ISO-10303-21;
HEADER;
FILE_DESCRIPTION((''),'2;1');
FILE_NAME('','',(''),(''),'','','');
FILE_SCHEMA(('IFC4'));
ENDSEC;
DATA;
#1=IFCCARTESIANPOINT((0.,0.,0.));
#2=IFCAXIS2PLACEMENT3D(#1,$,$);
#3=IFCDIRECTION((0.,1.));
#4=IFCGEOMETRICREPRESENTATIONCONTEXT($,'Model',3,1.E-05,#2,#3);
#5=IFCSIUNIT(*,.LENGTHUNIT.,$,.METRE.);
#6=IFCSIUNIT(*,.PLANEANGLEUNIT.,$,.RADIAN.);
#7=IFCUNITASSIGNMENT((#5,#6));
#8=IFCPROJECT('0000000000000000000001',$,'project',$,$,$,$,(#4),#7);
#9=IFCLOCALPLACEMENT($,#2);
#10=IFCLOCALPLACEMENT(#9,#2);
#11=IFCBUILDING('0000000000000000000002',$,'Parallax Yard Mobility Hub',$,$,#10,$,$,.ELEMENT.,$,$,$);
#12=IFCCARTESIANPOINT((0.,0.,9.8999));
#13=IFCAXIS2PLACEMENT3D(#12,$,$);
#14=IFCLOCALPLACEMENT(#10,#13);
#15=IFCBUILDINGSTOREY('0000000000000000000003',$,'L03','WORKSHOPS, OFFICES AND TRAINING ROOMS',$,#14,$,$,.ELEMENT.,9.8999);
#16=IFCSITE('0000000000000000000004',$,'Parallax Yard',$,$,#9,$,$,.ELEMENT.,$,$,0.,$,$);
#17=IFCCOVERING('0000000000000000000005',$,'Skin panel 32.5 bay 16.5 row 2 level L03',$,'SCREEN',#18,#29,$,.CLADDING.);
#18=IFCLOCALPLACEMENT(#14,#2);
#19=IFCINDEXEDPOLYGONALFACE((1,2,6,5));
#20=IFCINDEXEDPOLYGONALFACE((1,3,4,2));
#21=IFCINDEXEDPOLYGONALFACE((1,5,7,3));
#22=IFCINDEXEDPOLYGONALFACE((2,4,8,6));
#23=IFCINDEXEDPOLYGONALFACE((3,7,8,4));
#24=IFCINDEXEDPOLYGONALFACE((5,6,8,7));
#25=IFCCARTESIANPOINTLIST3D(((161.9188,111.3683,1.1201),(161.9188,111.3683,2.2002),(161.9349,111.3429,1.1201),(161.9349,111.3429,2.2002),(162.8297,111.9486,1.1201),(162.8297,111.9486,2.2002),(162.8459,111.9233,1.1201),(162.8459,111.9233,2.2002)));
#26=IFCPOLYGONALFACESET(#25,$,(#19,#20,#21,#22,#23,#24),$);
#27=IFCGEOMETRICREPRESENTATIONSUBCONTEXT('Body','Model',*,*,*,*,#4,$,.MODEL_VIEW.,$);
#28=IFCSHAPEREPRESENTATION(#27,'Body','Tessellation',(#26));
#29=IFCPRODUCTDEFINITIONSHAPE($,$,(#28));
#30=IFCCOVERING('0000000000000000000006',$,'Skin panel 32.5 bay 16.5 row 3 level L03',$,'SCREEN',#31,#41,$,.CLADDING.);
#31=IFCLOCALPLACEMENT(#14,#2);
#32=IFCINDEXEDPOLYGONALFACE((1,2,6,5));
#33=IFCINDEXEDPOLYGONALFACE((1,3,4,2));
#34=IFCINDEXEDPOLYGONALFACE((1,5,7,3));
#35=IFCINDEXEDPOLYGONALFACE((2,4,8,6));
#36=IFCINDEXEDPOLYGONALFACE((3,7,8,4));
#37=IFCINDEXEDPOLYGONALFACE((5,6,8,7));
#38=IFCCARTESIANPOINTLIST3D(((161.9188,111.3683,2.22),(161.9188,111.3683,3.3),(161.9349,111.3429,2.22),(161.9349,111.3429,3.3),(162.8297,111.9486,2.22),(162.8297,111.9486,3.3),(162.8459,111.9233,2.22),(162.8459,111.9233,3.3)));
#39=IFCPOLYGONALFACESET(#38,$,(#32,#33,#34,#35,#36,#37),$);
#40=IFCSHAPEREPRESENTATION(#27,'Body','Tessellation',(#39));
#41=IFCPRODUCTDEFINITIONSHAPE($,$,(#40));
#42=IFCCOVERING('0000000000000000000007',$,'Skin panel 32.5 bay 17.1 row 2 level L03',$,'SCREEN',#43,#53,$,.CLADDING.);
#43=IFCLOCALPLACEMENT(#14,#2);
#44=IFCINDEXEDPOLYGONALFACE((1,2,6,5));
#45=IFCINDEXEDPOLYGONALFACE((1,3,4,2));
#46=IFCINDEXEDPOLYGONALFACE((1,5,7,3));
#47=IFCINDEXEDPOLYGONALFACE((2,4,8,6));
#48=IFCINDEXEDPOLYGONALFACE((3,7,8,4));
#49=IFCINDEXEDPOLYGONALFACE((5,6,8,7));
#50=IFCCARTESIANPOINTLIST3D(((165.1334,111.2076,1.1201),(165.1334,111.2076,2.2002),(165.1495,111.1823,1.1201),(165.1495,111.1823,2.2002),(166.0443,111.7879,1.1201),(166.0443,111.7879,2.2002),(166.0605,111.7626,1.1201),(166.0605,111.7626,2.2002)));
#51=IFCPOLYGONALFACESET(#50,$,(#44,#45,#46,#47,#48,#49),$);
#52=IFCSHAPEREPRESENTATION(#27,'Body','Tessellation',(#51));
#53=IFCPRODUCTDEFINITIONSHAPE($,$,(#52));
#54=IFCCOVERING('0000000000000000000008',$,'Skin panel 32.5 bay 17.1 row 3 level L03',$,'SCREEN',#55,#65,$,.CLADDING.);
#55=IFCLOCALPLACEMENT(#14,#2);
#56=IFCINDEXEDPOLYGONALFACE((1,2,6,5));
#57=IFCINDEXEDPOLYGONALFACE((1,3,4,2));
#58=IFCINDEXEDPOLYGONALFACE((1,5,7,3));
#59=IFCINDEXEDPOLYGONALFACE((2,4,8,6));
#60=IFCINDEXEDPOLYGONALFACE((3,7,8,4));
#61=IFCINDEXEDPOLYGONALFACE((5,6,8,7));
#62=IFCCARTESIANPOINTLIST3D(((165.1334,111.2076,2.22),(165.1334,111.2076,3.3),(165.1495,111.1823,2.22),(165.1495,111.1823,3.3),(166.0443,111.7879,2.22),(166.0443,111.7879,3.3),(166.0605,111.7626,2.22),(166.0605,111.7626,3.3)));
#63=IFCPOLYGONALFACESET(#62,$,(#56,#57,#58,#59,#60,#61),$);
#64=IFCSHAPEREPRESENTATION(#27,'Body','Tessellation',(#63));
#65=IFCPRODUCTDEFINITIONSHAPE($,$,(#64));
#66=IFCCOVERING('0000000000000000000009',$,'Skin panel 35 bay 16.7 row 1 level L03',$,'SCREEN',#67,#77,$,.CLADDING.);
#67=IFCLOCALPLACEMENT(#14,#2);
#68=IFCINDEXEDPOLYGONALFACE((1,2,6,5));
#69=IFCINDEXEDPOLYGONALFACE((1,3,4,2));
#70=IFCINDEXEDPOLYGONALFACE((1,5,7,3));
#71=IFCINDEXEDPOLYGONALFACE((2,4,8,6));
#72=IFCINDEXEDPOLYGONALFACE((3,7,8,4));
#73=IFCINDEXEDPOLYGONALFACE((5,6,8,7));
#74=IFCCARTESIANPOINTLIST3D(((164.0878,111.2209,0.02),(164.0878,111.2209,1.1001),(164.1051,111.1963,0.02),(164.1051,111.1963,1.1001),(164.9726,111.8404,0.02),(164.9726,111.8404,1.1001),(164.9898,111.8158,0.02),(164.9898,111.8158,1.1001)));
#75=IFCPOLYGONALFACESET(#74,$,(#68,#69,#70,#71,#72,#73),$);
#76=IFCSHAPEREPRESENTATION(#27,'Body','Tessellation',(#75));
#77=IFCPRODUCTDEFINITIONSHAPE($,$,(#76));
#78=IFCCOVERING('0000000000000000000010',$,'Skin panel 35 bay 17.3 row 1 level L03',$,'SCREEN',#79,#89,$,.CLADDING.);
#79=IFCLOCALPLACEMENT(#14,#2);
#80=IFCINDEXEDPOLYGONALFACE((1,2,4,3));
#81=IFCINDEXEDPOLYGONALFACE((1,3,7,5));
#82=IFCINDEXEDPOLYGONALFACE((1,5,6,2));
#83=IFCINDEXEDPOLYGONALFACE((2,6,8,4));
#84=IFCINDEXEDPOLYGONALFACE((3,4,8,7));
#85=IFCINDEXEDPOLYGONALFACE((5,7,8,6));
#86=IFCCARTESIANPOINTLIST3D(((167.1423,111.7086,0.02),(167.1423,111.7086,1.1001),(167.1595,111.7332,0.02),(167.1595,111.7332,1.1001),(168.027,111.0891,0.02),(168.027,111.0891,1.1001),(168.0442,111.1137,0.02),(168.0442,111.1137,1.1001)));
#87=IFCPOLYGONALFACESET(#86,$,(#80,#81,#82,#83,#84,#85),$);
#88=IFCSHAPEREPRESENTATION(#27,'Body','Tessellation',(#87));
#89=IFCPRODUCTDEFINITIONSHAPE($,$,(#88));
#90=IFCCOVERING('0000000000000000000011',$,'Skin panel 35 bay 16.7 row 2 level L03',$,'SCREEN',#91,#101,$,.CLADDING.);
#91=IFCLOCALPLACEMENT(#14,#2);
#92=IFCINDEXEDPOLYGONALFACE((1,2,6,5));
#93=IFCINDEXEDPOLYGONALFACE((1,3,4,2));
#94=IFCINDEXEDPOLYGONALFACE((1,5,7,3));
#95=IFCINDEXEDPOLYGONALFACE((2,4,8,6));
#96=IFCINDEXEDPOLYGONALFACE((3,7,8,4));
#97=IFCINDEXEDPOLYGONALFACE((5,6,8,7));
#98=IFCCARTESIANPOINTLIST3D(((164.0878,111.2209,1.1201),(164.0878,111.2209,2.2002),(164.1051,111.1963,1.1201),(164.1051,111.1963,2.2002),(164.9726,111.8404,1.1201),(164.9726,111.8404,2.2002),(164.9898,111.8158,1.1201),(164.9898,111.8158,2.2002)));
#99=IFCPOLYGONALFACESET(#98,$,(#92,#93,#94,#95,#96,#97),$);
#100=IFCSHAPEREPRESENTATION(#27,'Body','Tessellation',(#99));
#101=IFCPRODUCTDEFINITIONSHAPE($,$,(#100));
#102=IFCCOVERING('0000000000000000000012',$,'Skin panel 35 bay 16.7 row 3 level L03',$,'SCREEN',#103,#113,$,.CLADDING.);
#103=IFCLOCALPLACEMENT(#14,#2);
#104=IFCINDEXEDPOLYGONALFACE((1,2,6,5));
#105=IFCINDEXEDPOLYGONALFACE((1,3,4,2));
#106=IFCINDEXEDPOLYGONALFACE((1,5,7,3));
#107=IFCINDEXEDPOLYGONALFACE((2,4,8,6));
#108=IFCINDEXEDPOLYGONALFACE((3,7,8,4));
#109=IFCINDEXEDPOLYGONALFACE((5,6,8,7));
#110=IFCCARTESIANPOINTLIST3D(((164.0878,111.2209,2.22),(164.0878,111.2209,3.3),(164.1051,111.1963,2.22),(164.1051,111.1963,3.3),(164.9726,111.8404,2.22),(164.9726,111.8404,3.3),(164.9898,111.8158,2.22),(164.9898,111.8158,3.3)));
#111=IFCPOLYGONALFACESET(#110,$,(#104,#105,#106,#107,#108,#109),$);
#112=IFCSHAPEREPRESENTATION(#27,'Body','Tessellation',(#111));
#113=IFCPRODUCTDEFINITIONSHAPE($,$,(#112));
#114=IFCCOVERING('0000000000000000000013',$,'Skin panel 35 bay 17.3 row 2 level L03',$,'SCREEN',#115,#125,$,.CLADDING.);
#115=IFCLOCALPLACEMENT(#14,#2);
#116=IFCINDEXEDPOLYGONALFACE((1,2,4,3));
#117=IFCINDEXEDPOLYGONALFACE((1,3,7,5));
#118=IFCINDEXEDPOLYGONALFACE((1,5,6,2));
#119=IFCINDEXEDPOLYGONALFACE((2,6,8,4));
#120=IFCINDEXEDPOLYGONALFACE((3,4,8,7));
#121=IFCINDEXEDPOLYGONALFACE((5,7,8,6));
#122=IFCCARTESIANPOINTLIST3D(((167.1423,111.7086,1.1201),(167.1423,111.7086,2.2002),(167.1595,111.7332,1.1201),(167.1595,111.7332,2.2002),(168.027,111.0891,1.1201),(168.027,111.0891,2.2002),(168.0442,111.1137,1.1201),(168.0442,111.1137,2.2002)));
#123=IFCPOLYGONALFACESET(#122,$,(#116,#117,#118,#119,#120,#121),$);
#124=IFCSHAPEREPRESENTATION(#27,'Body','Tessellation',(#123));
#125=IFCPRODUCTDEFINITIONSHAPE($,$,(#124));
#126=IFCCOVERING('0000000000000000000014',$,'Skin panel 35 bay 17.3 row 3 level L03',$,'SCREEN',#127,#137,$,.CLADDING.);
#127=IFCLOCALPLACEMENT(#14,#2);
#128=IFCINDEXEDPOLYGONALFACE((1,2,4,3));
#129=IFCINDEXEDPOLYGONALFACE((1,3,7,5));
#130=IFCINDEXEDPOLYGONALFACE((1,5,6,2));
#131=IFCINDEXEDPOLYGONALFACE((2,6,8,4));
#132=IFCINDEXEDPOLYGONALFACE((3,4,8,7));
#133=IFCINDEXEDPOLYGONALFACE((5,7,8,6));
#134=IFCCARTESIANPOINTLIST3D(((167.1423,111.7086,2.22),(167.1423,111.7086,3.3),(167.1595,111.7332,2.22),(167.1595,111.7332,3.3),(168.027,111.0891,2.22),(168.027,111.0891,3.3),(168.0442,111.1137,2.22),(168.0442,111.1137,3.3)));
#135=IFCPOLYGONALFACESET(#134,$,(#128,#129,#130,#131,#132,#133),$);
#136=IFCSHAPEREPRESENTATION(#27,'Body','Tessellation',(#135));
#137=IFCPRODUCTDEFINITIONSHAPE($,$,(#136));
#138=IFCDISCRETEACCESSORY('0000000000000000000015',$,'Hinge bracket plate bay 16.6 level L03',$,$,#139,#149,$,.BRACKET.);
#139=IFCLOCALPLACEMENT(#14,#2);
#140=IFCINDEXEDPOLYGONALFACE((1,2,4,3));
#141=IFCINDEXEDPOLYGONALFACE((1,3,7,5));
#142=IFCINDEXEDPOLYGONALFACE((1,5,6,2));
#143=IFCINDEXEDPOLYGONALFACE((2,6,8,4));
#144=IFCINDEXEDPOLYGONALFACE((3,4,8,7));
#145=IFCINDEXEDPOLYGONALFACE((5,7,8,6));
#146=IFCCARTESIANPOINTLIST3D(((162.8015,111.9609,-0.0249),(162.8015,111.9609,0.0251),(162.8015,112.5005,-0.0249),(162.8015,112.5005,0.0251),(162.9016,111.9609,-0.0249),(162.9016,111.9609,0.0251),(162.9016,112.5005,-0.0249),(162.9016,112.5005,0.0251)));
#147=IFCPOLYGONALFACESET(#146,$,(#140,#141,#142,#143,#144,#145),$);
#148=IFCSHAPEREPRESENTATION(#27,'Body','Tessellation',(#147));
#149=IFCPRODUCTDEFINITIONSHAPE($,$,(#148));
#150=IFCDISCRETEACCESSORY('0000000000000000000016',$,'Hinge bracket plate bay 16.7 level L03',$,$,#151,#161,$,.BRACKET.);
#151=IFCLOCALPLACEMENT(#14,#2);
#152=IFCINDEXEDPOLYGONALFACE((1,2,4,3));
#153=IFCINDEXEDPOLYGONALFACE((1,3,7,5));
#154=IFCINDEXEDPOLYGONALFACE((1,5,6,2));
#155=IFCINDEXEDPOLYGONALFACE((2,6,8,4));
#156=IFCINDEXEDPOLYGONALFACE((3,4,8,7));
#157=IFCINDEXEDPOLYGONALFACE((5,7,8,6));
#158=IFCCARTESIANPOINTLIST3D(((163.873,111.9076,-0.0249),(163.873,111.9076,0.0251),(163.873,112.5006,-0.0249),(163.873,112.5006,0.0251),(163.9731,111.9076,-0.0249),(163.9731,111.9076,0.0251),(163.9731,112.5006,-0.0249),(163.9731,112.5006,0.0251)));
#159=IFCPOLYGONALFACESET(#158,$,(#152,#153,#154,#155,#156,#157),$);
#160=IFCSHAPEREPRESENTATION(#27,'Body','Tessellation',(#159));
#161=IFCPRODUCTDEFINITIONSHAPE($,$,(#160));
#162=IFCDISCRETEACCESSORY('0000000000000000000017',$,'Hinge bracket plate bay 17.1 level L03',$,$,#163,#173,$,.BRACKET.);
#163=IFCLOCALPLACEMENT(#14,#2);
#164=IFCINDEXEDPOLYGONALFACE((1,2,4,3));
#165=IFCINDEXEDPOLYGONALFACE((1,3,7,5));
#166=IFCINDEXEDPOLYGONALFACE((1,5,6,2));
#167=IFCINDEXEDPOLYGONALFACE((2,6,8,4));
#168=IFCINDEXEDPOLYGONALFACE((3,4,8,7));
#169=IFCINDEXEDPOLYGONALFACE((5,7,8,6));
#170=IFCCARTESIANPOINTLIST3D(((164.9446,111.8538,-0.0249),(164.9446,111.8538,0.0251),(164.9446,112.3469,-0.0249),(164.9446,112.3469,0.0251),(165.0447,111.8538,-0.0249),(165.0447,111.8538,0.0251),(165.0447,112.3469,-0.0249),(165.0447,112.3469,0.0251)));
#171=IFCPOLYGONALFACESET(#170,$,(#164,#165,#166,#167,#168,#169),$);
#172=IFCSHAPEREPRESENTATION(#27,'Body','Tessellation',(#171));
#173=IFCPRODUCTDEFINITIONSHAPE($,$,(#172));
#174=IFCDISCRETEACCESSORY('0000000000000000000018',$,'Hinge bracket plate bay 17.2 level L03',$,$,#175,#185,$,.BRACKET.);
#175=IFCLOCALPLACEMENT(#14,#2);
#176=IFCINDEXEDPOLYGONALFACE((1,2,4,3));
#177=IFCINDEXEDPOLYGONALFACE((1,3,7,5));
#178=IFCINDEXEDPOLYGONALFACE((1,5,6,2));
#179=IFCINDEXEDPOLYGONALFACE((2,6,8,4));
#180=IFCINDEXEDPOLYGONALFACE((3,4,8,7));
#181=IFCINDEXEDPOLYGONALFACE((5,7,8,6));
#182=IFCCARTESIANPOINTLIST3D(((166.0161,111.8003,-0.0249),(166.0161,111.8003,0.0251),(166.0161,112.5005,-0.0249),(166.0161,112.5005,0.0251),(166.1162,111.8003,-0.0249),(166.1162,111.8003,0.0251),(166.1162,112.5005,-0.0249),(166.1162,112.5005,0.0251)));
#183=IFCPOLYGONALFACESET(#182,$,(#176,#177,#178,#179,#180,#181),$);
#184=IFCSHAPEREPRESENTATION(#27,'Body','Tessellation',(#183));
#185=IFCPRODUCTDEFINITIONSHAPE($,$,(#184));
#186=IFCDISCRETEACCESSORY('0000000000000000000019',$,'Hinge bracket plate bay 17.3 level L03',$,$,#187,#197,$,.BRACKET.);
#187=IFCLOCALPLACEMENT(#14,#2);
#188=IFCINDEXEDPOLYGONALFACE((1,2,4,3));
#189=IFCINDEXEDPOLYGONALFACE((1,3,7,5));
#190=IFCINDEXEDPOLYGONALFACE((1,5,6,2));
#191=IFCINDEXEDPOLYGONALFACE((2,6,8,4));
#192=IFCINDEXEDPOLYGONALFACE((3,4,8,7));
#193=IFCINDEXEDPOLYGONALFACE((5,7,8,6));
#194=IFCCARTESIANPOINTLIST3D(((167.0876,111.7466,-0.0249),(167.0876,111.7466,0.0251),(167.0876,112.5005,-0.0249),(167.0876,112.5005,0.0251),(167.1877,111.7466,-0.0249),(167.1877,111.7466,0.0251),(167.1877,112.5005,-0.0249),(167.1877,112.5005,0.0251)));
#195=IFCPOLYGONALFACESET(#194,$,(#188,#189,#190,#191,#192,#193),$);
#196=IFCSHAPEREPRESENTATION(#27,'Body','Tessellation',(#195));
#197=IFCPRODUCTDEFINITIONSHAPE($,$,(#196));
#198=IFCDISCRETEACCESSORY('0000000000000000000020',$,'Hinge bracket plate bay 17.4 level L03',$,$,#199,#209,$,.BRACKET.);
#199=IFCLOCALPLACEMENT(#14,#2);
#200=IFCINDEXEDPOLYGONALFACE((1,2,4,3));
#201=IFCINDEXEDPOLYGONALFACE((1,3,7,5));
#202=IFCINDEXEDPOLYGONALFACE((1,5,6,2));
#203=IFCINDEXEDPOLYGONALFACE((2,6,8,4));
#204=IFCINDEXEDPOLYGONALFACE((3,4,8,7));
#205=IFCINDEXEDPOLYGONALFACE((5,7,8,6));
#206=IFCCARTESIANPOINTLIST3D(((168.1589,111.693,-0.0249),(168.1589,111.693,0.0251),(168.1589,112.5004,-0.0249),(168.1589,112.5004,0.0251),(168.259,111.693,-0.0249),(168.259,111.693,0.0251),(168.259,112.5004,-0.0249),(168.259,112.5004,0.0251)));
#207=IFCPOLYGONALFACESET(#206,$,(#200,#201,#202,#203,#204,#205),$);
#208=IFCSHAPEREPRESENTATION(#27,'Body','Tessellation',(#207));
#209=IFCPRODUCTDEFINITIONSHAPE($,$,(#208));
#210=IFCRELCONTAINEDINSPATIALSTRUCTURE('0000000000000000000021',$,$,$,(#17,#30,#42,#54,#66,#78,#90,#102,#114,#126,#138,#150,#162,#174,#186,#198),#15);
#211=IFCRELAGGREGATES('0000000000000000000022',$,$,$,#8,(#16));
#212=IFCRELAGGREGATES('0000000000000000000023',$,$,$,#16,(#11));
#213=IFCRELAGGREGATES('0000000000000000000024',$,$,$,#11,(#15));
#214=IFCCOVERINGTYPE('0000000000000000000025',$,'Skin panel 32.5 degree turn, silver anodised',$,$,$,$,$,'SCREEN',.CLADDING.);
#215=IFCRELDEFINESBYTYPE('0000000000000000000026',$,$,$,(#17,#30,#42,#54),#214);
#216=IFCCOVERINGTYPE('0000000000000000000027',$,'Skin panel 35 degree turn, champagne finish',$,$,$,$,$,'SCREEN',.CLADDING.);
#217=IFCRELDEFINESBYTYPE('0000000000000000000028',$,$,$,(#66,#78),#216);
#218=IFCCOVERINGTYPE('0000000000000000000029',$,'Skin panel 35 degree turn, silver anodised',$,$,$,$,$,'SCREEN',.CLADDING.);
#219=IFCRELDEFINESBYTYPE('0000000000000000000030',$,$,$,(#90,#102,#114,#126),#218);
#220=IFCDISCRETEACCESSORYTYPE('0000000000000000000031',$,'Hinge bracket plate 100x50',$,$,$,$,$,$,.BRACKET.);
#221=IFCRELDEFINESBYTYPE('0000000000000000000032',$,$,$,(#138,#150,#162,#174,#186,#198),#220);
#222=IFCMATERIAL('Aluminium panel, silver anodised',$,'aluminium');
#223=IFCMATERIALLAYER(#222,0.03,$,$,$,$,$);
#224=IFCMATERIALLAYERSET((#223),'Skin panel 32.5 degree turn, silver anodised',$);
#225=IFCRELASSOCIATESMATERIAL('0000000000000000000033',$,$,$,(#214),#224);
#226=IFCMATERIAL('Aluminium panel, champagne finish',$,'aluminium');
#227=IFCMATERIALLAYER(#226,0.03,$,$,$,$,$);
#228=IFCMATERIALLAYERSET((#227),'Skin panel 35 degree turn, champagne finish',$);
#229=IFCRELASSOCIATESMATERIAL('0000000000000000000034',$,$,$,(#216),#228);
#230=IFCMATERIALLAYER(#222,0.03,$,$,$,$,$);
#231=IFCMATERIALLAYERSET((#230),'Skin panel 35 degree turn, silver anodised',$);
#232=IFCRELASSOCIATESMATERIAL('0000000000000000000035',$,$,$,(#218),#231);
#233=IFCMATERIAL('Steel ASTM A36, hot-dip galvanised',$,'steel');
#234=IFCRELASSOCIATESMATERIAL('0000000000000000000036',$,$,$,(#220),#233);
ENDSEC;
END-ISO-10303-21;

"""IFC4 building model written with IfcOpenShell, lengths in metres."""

from ifc_helpers import new_model, si_unit, direction, frame, origin, origin_2d, place, context, subcontext, project, spatial, rectangle, extrude, material, layer, layer_set, type_object, element, save


model = new_model("IFC4")

# Units and contexts
model_context = context("Model", 3, precision=1e-05, world=origin(), true_north=direction((0.0, 1.0)))
body_context = subcontext(model_context, "Body", "Model", "MODEL_VIEW")
ifc_project = project(units=[si_unit("LENGTHUNIT", "METRE"), si_unit("PLANEANGLEUNIT", "RADIAN")], contexts=[model_context])

# Site, building, storey
site_placement = place(None, origin())
site = spatial("IfcSite", under=ifc_project, at=site_placement, Name="Parallax Yard", CompositionType="ELEMENT", RefElevation=0.0)
building_placement = place(site_placement, origin())
building = spatial("IfcBuilding", under=site, at=building_placement, Name="Parallax Yard Mobility Hub", CompositionType="ELEMENT")
storey_placement = place(building_placement, frame((0.0, 0.0, 9.8999)))
storey = spatial("IfcBuildingStorey", under=building, at=storey_placement, Name="L03", Description="WORKSHOPS, OFFICES AND TRAINING ROOMS", CompositionType="ELEMENT", Elevation=9.8999)

# Coverings
ifc_material_1 = material(Name="Aluminium panel, champagne finish", Category="aluminium")
ifc_material_2 = material(Name="Aluminium panel, silver anodised", Category="aluminium")
ifc_layer_1 = layer(ifc_material_2, 0.03)
ifc_layer_set_1 = layer_set([ifc_layer_1], Name="Skin panel 32.5 degree turn, silver anodised")
covering_type_1 = type_object("IfcCoveringType", Name="Skin panel 32.5 degree turn, silver anodised", ElementType="SCREEN", PredefinedType="CLADDING", material=ifc_layer_set_1)
for number, where, z_axis, x_axis, name in (
    (1, (162.3823, 111.6458, 1.1201), (0.0, 0.0, 1.0), (-0.843391, -0.5373, 0.0), "Skin panel 32.5 bay 16.5 row 2 level L03"),
    (2, (162.3823, 111.6458, 2.22), (0.0, 0.0, 1.0), (-0.843391, -0.5373, 0.0), "Skin panel 32.5 bay 16.5 row 3 level L03"),
    (3, (165.5969, 111.4851, 1.1201), (0.0, 0.0, 1.0), (-0.843391, -0.5373, 0.0), "Skin panel 32.5 bay 17.1 row 2 level L03"),
    (4, (165.5969, 111.4851, 2.22), (0.0, 0.0, 1.0), (-0.843391, -0.5373, 0.0), "Skin panel 32.5 bay 17.1 row 3 level L03"),
):
    element("IfcCovering", number, at=place(storey_placement, frame(where, z_axis=z_axis, x_axis=x_axis)), inside=storey, type_object=covering_type_1, Name=name, ObjectType="SCREEN", PredefinedType="CLADDING", context=body_context, shape_type="SweptSolid", body=[
        extrude(rectangle(XDim=1.0801, YDim=0.03, at=origin_2d()), origin(), (0.0, 0.0, 1.0), 1.0801),
    ])
ifc_layer_2 = layer(ifc_material_1, 0.03)
ifc_layer_set_2 = layer_set([ifc_layer_2], Name="Skin panel 35 degree turn, champagne finish")
covering_type_2 = type_object("IfcCoveringType", Name="Skin panel 35 degree turn, champagne finish", ElementType="SCREEN", PredefinedType="CLADDING", material=ifc_layer_set_2)
for number, where, z_axis, x_axis, name in (
    (5, (164.5388, 111.5183, 0.02), (0.0, 0.0, 1.0), (-0.819152, -0.573576, 0.0), "Skin panel 35 bay 16.7 row 1 level L03"),
    (6, (167.5933, 111.4111, 0.02), (0.0, 0.0, 1.0), (0.819152, -0.573576, 0.0), "Skin panel 35 bay 17.3 row 1 level L03"),
):
    element("IfcCovering", number, at=place(storey_placement, frame(where, z_axis=z_axis, x_axis=x_axis)), inside=storey, type_object=covering_type_2, Name=name, ObjectType="SCREEN", PredefinedType="CLADDING", context=body_context, shape_type="SweptSolid", body=[
        extrude(rectangle(XDim=1.0801, YDim=0.03, at=origin_2d()), origin(), (0.0, 0.0, 1.0), 1.0801),
    ])
ifc_layer_3 = layer(ifc_material_2, 0.03)
ifc_layer_set_3 = layer_set([ifc_layer_3], Name="Skin panel 35 degree turn, silver anodised")
covering_type_3 = type_object("IfcCoveringType", Name="Skin panel 35 degree turn, silver anodised", ElementType="SCREEN", PredefinedType="CLADDING", material=ifc_layer_set_3)
for number, where, z_axis, x_axis, name in (
    (7, (164.5388, 111.5183, 1.1201), (0.0, 0.0, 1.0), (-0.819152, -0.573576, 0.0), "Skin panel 35 bay 16.7 row 2 level L03"),
    (8, (164.5388, 111.5183, 2.22), (0.0, 0.0, 1.0), (-0.819152, -0.573576, 0.0), "Skin panel 35 bay 16.7 row 3 level L03"),
    (9, (167.5933, 111.4111, 1.1201), (0.0, 0.0, 1.0), (0.819152, -0.573576, 0.0), "Skin panel 35 bay 17.3 row 2 level L03"),
    (10, (167.5933, 111.4111, 2.22), (0.0, 0.0, 1.0), (0.819152, -0.573576, 0.0), "Skin panel 35 bay 17.3 row 3 level L03"),
):
    element("IfcCovering", number, at=place(storey_placement, frame(where, z_axis=z_axis, x_axis=x_axis)), inside=storey, type_object=covering_type_3, Name=name, ObjectType="SCREEN", PredefinedType="CLADDING", context=body_context, shape_type="SweptSolid", body=[
        extrude(rectangle(XDim=1.0801, YDim=0.03, at=origin_2d()), origin(), (0.0, 0.0, 1.0), 1.0801),
    ])

# Discrete accessories
ifc_material_3 = material(Name="Steel ASTM A36, hot-dip galvanised", Category="steel")
discrete_accessory_type_1 = type_object("IfcDiscreteAccessoryType", Name="Hinge bracket plate 100x50", PredefinedType="BRACKET", material=ifc_material_3)
discrete_accessory_1_placement = place(storey_placement, frame((162.8516, 112.2307, -0.0249), z_axis=(0.0, 0.0, 1.0), x_axis=(0.0, -1.0, 0.0)))
element("IfcDiscreteAccessory", 11, at=discrete_accessory_1_placement, inside=storey, type_object=discrete_accessory_type_1, Name="Hinge bracket plate bay 16.6 level L03", PredefinedType="BRACKET", context=body_context, shape_type="SweptSolid", body=[
    extrude(rectangle(XDim=0.5396, YDim=0.1001, at=origin_2d()), origin(), (0.0, 0.0, 1.0), 0.05),
])
discrete_accessory_2_placement = place(storey_placement, frame((163.9231, 112.2041, -0.0249), z_axis=(0.0, 0.0, 1.0), x_axis=(0.0, -1.0, 0.0)))
element("IfcDiscreteAccessory", 12, at=discrete_accessory_2_placement, inside=storey, type_object=discrete_accessory_type_1, Name="Hinge bracket plate bay 16.7 level L03", PredefinedType="BRACKET", context=body_context, shape_type="SweptSolid", body=[
    extrude(rectangle(XDim=0.593, YDim=0.1001, at=origin_2d()), origin(), (0.0, 0.0, 1.0), 0.05),
])
discrete_accessory_3_placement = place(storey_placement, frame((164.9946, 112.1003, -0.0249), z_axis=(0.0, 0.0, 1.0), x_axis=(0.0, -1.0, 0.0)))
element("IfcDiscreteAccessory", 13, at=discrete_accessory_3_placement, inside=storey, type_object=discrete_accessory_type_1, Name="Hinge bracket plate bay 17.1 level L03", PredefinedType="BRACKET", context=body_context, shape_type="SweptSolid", body=[
    extrude(rectangle(XDim=0.4932, YDim=0.1001, at=origin_2d()), origin(), (0.0, 0.0, 1.0), 0.05),
])
discrete_accessory_4_placement = place(storey_placement, frame((166.0662, 112.1504, -0.0249), z_axis=(0.0, 0.0, 1.0), x_axis=(0.0, -1.0, 0.0)))
element("IfcDiscreteAccessory", 14, at=discrete_accessory_4_placement, inside=storey, type_object=discrete_accessory_type_1, Name="Hinge bracket plate bay 17.2 level L03", PredefinedType="BRACKET", context=body_context, shape_type="SweptSolid", body=[
    extrude(rectangle(XDim=0.7002, YDim=0.1001, at=origin_2d()), origin(), (0.0, 0.0, 1.0), 0.05),
])
discrete_accessory_5_placement = place(storey_placement, frame((167.1377, 112.1235, -0.0249), z_axis=(0.0, 0.0, 1.0), x_axis=(0.0, -1.0, 0.0)))
element("IfcDiscreteAccessory", 15, at=discrete_accessory_5_placement, inside=storey, type_object=discrete_accessory_type_1, Name="Hinge bracket plate bay 17.3 level L03", PredefinedType="BRACKET", context=body_context, shape_type="SweptSolid", body=[
    extrude(rectangle(XDim=0.7539, YDim=0.1001, at=origin_2d()), origin(), (0.0, 0.0, 1.0), 0.05),
])
discrete_accessory_6_placement = place(storey_placement, frame((168.209, 112.0967, -0.0249), z_axis=(0.0, 0.0, 1.0), x_axis=(0.0, -1.0, 0.0)))
element("IfcDiscreteAccessory", 16, at=discrete_accessory_6_placement, inside=storey, type_object=discrete_accessory_type_1, Name="Hinge bracket plate bay 17.4 level L03", PredefinedType="BRACKET", context=body_context, shape_type="SweptSolid", body=[
    extrude(rectangle(XDim=0.8074, YDim=0.1001, at=origin_2d()), origin(), (0.0, 0.0, 1.0), 0.05),
])

save(model, "model.ifc")
